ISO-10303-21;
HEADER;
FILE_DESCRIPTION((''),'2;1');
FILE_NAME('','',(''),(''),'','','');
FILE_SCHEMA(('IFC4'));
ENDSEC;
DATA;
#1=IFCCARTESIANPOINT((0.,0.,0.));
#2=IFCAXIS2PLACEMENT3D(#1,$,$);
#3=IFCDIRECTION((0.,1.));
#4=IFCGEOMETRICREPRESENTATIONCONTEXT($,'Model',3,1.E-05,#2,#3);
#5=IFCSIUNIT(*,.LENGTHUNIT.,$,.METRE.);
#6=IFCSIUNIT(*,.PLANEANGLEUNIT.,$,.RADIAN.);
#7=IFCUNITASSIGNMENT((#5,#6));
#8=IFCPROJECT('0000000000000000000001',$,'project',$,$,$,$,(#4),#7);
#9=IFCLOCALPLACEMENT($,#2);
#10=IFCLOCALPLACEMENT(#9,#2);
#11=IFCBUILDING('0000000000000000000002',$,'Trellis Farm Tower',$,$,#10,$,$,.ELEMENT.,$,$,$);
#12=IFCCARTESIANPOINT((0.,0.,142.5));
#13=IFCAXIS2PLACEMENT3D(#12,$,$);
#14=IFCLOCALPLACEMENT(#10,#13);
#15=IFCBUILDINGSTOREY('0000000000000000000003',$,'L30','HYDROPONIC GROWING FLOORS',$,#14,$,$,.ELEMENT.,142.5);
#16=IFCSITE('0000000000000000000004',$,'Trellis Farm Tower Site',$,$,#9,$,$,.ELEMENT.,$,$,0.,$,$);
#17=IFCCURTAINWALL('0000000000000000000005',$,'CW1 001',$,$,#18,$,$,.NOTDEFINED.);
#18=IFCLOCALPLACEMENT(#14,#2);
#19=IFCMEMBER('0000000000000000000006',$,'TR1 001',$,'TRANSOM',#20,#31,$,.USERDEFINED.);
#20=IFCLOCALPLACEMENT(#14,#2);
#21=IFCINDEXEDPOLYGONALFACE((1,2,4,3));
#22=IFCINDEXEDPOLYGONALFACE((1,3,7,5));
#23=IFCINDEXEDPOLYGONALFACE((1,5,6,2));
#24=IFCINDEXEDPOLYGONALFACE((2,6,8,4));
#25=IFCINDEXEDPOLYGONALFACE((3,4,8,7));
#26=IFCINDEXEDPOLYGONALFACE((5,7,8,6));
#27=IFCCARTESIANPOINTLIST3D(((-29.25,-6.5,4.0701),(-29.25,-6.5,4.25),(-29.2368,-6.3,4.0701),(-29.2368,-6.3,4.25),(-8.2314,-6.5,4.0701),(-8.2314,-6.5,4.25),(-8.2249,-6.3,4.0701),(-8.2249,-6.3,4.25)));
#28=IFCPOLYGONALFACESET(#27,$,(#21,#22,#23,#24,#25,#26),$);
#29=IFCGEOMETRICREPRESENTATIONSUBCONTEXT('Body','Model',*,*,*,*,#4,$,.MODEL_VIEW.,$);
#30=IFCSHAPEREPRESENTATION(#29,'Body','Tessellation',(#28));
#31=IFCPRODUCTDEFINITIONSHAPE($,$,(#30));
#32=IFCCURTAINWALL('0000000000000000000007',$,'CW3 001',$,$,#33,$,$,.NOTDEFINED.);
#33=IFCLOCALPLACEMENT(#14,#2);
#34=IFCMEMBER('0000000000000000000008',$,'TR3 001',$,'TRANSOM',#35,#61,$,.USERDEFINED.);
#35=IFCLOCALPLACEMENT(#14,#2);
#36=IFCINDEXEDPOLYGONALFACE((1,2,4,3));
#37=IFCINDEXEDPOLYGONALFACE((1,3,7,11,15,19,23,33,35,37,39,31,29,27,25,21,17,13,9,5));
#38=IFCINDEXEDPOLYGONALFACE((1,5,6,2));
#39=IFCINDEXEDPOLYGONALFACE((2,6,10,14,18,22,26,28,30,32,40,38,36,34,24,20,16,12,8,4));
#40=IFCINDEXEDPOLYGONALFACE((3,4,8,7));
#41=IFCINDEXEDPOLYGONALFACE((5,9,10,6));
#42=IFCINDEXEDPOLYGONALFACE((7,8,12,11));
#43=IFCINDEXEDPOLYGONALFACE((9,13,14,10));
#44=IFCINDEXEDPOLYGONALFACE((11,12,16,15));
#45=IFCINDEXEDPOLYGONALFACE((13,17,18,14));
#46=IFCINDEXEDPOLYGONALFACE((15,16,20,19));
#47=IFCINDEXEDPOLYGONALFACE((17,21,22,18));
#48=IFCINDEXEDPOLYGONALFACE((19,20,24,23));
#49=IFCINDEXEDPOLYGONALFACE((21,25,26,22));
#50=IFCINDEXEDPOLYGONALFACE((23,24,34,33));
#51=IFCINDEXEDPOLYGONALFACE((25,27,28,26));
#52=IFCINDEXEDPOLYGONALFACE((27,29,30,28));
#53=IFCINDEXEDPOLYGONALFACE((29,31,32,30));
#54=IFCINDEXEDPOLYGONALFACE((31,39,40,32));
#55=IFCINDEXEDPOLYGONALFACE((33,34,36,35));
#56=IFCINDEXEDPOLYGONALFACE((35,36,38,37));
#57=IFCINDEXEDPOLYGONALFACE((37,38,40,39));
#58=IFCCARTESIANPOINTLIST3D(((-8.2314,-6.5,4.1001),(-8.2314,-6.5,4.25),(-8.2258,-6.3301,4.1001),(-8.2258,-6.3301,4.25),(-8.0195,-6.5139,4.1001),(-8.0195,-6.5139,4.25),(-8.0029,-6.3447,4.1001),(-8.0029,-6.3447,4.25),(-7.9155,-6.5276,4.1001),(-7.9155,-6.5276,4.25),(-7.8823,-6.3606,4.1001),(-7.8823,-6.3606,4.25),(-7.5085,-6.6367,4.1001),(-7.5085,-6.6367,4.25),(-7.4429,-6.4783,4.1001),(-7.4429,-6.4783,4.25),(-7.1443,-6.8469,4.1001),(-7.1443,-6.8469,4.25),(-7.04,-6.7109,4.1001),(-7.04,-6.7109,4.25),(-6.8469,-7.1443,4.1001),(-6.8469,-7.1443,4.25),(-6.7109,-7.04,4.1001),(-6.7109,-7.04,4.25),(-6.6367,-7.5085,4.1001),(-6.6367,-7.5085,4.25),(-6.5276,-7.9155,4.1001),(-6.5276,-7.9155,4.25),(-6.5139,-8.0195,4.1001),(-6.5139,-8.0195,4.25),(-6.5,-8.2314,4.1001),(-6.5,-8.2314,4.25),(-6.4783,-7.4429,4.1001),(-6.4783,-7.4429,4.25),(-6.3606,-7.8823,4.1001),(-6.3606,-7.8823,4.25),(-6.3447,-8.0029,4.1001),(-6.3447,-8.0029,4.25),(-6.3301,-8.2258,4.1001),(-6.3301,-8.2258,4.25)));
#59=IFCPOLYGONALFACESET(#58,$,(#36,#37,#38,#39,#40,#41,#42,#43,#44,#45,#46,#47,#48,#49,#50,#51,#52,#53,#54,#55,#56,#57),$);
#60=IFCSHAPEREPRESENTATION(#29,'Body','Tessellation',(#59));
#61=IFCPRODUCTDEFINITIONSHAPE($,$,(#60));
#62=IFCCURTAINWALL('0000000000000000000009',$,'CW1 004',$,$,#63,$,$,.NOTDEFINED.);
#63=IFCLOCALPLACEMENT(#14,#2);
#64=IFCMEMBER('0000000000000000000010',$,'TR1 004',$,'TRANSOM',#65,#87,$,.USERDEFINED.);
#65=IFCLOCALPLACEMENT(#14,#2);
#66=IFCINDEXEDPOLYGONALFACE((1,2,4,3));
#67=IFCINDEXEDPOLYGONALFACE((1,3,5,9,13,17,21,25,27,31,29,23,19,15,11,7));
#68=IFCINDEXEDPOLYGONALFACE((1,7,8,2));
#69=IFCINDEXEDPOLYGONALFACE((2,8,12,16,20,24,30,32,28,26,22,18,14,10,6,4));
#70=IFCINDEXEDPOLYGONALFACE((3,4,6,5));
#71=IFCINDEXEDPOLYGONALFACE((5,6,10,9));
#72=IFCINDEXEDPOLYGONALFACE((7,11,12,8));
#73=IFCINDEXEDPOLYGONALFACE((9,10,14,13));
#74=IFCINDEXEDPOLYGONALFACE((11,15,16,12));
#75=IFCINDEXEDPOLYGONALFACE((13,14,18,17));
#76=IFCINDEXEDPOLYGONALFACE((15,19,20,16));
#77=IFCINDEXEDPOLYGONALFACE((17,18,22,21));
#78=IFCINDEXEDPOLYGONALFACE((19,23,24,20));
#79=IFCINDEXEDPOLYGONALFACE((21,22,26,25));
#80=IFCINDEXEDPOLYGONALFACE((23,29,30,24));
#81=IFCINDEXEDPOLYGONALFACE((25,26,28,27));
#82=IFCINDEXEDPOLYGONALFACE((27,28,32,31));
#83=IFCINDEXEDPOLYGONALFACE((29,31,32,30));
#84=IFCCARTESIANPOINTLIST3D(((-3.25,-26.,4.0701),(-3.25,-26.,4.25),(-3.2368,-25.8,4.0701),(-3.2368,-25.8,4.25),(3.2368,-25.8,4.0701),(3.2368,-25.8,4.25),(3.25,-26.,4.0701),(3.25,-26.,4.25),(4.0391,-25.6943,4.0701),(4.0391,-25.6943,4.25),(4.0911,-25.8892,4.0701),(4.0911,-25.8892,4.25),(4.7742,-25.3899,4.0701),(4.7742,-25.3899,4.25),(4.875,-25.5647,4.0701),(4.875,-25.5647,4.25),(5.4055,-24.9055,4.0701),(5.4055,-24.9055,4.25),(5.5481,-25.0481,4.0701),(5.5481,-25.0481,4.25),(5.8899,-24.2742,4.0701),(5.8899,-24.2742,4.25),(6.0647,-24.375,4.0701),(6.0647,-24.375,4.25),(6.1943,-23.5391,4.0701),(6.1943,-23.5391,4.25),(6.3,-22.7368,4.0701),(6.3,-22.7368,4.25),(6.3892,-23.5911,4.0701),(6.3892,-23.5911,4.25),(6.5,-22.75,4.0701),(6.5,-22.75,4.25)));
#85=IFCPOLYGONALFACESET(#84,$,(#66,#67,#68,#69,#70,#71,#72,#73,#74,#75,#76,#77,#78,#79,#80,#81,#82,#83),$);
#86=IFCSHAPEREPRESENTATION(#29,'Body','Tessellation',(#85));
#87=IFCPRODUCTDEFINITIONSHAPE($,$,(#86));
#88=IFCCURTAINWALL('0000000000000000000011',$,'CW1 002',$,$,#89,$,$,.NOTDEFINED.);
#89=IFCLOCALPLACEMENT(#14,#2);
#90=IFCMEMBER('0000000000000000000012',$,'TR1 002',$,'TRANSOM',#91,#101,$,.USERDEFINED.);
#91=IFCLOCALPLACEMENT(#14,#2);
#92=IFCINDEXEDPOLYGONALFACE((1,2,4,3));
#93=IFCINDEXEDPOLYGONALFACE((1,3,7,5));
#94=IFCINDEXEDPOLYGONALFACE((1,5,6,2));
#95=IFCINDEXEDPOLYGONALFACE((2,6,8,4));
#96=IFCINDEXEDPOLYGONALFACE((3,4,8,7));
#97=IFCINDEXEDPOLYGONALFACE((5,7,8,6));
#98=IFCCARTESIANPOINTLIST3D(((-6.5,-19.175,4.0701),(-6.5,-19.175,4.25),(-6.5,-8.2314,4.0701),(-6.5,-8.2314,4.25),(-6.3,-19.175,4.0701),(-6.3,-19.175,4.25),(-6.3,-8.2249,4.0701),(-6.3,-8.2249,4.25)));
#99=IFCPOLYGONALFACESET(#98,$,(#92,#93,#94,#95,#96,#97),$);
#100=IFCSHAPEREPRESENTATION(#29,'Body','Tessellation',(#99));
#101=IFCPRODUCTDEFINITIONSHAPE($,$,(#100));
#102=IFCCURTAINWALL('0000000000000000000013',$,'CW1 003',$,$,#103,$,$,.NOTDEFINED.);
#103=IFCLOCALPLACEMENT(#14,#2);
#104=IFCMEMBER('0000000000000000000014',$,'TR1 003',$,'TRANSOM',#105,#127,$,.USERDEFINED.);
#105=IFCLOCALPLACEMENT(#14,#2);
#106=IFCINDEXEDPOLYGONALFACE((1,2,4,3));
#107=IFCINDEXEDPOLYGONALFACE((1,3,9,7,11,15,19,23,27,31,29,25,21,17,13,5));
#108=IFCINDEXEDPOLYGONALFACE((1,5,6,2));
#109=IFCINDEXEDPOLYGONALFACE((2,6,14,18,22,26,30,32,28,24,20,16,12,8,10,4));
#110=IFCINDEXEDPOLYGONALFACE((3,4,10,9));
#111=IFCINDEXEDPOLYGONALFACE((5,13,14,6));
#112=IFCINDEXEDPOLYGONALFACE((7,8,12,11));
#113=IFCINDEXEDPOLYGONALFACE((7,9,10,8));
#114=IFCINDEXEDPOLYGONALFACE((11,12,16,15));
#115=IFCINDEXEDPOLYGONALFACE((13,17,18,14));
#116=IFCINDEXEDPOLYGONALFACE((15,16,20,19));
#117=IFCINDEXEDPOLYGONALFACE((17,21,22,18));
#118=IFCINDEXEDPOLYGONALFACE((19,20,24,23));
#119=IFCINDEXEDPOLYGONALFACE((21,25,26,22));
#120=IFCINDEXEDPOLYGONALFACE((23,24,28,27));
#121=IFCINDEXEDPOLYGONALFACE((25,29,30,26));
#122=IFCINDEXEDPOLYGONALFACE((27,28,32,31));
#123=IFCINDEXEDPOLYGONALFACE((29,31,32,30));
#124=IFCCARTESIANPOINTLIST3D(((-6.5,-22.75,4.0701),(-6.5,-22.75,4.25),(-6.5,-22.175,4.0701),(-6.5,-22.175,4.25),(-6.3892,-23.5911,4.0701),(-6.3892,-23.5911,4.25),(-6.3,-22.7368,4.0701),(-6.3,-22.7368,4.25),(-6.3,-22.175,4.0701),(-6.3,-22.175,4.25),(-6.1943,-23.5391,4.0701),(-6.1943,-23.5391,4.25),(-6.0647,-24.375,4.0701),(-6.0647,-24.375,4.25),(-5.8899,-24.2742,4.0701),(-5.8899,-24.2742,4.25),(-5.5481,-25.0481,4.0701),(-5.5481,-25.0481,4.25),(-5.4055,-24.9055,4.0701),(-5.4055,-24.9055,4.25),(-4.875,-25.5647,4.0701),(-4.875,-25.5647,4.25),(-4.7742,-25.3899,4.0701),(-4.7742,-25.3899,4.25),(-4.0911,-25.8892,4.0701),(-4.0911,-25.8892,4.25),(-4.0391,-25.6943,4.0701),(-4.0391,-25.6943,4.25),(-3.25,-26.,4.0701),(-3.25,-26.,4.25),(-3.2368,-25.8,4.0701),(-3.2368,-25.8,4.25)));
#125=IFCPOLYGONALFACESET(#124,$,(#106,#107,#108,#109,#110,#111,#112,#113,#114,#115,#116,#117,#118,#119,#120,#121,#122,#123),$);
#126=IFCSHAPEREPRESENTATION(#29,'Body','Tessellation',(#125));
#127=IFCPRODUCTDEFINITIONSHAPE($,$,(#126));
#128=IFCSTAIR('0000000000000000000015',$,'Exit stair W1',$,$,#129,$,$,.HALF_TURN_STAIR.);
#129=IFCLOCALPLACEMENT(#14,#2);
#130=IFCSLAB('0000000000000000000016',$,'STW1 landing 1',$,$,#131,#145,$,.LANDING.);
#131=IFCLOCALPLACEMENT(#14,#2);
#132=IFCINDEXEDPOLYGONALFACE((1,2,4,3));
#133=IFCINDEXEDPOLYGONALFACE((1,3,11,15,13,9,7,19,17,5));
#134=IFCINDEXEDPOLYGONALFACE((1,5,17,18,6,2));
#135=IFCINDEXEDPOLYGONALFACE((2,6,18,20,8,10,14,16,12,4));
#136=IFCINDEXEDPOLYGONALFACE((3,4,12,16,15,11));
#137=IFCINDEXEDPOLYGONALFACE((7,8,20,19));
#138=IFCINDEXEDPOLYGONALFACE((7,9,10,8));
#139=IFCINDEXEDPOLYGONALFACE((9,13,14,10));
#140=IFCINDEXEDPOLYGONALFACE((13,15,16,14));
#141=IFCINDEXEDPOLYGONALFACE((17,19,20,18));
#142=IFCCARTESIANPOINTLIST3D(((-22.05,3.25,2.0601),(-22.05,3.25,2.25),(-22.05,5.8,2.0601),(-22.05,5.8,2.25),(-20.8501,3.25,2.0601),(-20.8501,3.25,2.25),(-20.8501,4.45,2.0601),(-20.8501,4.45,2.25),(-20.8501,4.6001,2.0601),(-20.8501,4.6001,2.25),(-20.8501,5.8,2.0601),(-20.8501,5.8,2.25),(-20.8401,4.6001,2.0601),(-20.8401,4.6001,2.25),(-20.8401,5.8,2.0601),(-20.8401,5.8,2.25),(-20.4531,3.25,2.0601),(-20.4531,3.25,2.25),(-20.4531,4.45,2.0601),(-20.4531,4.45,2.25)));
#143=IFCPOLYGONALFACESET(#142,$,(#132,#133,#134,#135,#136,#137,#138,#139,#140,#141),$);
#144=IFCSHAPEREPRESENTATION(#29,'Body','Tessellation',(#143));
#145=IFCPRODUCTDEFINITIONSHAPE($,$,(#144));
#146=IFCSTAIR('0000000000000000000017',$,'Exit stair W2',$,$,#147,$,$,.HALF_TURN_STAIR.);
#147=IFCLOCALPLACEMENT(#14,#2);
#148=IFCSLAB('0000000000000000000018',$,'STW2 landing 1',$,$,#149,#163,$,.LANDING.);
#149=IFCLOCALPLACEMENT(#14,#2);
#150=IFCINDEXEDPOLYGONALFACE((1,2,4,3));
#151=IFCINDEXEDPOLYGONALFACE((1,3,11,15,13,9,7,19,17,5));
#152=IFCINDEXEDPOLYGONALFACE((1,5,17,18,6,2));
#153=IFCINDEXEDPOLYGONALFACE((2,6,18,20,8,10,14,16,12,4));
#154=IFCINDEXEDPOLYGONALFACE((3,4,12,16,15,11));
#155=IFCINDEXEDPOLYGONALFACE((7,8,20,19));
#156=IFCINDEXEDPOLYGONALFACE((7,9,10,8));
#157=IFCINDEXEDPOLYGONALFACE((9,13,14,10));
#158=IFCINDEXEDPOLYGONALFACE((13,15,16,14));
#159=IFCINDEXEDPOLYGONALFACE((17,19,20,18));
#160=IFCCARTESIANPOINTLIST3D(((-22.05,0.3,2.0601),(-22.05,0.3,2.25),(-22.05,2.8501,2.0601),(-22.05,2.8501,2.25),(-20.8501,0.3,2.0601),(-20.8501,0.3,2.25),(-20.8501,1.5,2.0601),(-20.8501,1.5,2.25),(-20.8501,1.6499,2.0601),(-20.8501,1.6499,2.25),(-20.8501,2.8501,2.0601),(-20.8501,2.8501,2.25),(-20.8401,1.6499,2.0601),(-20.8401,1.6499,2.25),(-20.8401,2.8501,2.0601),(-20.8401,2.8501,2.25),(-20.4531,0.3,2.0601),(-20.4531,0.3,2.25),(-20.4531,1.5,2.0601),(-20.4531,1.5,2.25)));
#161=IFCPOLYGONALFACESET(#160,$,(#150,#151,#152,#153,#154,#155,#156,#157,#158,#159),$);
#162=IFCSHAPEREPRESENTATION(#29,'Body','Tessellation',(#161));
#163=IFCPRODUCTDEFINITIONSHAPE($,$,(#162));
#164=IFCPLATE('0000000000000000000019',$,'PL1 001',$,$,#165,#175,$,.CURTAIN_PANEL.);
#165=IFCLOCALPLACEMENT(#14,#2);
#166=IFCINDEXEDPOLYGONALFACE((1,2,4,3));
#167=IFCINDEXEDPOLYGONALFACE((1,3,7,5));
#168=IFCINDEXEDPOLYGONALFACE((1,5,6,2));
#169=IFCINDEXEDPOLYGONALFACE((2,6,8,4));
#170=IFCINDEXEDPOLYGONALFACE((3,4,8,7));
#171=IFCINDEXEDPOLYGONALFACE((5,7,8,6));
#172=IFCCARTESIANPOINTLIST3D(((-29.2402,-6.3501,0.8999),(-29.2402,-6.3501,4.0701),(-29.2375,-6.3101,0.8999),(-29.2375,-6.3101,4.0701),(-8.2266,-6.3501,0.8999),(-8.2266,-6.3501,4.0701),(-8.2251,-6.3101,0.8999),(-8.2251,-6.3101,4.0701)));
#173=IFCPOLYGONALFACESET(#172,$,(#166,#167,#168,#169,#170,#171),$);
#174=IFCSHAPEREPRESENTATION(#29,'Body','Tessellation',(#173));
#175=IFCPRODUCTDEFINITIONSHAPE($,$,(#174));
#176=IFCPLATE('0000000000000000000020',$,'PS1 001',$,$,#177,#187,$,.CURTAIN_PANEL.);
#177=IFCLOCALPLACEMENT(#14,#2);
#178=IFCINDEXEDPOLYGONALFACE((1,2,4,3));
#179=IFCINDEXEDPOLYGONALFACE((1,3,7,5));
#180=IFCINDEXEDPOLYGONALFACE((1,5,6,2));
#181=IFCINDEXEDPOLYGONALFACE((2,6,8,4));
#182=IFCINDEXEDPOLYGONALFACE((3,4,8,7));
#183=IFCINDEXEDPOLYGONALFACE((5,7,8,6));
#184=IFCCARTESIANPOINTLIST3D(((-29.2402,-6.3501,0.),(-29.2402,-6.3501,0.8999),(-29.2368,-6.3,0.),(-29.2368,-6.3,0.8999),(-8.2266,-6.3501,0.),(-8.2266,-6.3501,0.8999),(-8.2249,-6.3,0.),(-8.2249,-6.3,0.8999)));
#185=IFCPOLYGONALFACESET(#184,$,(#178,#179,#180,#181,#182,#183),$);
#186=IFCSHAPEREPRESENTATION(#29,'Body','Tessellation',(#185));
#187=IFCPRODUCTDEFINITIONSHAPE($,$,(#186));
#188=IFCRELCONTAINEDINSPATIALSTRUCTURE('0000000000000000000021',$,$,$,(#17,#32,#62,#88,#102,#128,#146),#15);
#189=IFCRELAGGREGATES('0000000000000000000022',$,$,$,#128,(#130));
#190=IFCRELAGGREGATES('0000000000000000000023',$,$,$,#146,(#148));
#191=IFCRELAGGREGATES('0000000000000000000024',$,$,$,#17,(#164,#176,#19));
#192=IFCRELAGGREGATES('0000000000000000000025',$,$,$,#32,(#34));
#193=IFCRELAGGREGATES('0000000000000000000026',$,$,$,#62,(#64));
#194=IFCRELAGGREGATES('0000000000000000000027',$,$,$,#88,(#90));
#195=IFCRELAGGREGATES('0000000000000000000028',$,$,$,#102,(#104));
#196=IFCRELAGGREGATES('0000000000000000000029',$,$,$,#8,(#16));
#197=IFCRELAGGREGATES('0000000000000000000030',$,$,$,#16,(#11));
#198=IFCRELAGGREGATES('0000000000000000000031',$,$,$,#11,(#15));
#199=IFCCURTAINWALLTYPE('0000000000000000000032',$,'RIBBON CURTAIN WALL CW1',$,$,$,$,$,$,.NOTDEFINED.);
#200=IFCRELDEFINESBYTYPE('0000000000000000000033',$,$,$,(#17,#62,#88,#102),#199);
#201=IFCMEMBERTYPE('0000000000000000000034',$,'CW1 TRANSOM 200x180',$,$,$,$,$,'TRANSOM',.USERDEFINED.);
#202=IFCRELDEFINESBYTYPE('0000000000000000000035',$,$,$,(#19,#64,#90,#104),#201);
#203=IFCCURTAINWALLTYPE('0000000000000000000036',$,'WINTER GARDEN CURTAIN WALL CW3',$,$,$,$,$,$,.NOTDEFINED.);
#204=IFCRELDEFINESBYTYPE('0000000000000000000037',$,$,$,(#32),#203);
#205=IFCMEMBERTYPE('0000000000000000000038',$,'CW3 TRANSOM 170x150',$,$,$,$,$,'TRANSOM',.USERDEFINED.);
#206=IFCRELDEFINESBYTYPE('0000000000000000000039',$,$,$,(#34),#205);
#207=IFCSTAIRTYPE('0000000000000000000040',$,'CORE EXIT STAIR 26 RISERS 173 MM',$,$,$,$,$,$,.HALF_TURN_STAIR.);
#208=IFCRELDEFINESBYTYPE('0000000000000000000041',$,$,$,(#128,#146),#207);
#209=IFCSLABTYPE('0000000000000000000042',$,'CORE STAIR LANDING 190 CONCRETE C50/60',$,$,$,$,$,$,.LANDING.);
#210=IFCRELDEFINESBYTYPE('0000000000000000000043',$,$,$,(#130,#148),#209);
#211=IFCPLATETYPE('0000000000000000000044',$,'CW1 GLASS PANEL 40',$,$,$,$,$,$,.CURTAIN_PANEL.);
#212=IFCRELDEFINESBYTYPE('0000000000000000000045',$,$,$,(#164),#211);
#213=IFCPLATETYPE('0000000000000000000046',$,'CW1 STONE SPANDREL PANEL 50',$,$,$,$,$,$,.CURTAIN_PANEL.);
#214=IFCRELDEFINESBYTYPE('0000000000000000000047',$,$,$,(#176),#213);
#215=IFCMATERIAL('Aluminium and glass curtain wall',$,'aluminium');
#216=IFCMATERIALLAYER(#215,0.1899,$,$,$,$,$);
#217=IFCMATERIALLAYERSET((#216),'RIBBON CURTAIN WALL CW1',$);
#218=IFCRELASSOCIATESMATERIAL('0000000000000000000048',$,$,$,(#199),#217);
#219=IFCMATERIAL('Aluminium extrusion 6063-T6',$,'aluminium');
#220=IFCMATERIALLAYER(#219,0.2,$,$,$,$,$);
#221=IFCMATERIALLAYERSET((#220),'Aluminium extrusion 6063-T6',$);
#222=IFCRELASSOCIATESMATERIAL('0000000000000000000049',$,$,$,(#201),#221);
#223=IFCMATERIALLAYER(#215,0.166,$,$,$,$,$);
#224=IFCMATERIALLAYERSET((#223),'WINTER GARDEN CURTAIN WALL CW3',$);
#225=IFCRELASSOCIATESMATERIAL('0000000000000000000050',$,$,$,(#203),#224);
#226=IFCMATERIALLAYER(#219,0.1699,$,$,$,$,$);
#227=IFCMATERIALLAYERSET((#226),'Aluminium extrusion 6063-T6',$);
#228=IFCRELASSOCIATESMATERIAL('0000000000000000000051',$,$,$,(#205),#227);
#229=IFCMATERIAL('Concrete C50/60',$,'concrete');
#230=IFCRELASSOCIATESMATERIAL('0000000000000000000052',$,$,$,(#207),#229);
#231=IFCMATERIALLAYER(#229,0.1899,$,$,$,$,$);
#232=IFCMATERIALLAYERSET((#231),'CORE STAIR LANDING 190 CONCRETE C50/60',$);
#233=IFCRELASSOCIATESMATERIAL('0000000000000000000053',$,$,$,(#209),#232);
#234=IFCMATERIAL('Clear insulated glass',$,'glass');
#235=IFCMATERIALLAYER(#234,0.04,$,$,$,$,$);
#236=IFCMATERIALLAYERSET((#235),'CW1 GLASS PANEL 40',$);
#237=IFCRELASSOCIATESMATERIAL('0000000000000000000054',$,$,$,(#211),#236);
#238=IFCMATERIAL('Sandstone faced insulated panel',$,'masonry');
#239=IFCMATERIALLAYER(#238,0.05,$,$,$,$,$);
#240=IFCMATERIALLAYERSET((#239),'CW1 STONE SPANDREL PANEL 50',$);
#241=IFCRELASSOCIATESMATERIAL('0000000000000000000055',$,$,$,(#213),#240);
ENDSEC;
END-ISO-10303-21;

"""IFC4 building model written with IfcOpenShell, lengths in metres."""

from ifc_helpers import new_model, si_unit, direction, frame, origin, place, context, subcontext, project, spatial, polyline, outline, extrude, source, transform, mapped, material, layer, layer_set, type_object, element, aggregate, save


model = new_model("IFC4")

# Units and contexts
model_context = context("Model", 3, precision=1e-05, world=origin(), true_north=direction((0.0, 1.0)))
body_context = subcontext(model_context, "Body", "Model", "MODEL_VIEW")
ifc_project = project(units=[si_unit("LENGTHUNIT", "METRE"), si_unit("PLANEANGLEUNIT", "RADIAN")], contexts=[model_context])

# Site, building, storey
site_placement = place(None, origin())
site = spatial("IfcSite", under=ifc_project, at=site_placement, Name="Trellis Farm Tower Site", CompositionType="ELEMENT", RefElevation=0.0)
building_placement = place(site_placement, origin())
building = spatial("IfcBuilding", under=site, at=building_placement, Name="Trellis Farm Tower", CompositionType="ELEMENT")
storey_placement = place(building_placement, frame((0.0, 0.0, 142.5)))
storey = spatial("IfcBuildingStorey", under=building, at=storey_placement, Name="L30", Description="HYDROPONIC GROWING FLOORS", CompositionType="ELEMENT", Elevation=142.5)

# Curtain walls, members
ifc_material_1 = material(Name="Aluminium and glass curtain wall", Category="aluminium")
ifc_layer_1 = layer(ifc_material_1, 0.1899)
ifc_layer_set_1 = layer_set([ifc_layer_1], Name="RIBBON CURTAIN WALL CW1")
curtain_wall_type_1 = type_object("IfcCurtainWallType", Name="RIBBON CURTAIN WALL CW1", PredefinedType="NOTDEFINED", material=ifc_layer_set_1)
placement_1 = place(storey_placement, origin())
curtain_wall_1 = element("IfcCurtainWall", 1, at=placement_1, inside=storey, type_object=curtain_wall_type_1, Name="CW1 001", PredefinedType="NOTDEFINED")
ifc_material_2 = material(Name="Aluminium extrusion 6063-T6", Category="aluminium")
ifc_layer_2 = layer(ifc_material_2, 0.2)
ifc_layer_set_2 = layer_set([ifc_layer_2], Name="Aluminium extrusion 6063-T6")
member_type_1 = type_object("IfcMemberType", Name="CW1 TRANSOM 200x180", ElementType="TRANSOM", PredefinedType="USERDEFINED", material=ifc_layer_set_2)
shared_shape_1 = source(origin(), body_context, "Body", "SweptSolid", [
    extrude(outline(polyline([(-29.25, -6.5), (-8.2314, -6.5), (-8.2249, -6.3), (-29.2368, -6.3), (-29.25, -6.5)])), origin(), (0.0, 0.0, 1.0), 0.1799),
])
placement_2 = place(storey_placement, frame((0.0, 0.0, 4.0701)))
member_1 = element("IfcMember", 2, at=placement_2, type_object=member_type_1, Name="TR1 001", ObjectType="TRANSOM", PredefinedType="USERDEFINED", context=body_context, shape_type="MappedRepresentation", body=[
    mapped(shared_shape_1, transform((0.0, 0.0, 0.0))),
])
ifc_layer_3 = layer(ifc_material_1, 0.166)
ifc_layer_set_3 = layer_set([ifc_layer_3], Name="WINTER GARDEN CURTAIN WALL CW3")
curtain_wall_type_2 = type_object("IfcCurtainWallType", Name="WINTER GARDEN CURTAIN WALL CW3", PredefinedType="NOTDEFINED", material=ifc_layer_set_3)
curtain_wall_2 = element("IfcCurtainWall", 3, at=placement_1, inside=storey, type_object=curtain_wall_type_2, Name="CW3 001", PredefinedType="NOTDEFINED")
ifc_layer_4 = layer(ifc_material_2, 0.1699)
ifc_layer_set_4 = layer_set([ifc_layer_4], Name="Aluminium extrusion 6063-T6")
member_type_2 = type_object("IfcMemberType", Name="CW3 TRANSOM 170x150", ElementType="TRANSOM", PredefinedType="USERDEFINED", material=ifc_layer_set_4)
shared_shape_2 = source(origin(), body_context, "Body", "SweptSolid", [
    extrude(outline(polyline([(-8.2314, -6.5), (-8.0195, -6.5139), (-7.9155, -6.5276), (-7.5085, -6.6367), (-7.1443, -6.8469), (-6.8469, -7.1443), (-6.6367, -7.5085), (-6.5276, -7.9155), (-6.5139, -8.0195), (-6.5, -8.2314), (-6.3301, -8.2258), (-6.3447, -8.0029), (-6.3606, -7.8823), (-6.4783, -7.4429), (-6.7109, -7.04), (-7.04, -6.7109), (-7.4429, -6.4783), (-7.8823, -6.3606), (-8.0029, -6.3447), (-8.2258, -6.3301), (-8.2314, -6.5)])), origin(), (0.0, 0.0, 1.0), 0.1499),
])
member_2_placement = place(storey_placement, frame((0.0, 0.0, 4.1001)))
member_2 = element("IfcMember", 4, at=member_2_placement, type_object=member_type_2, Name="TR3 001", ObjectType="TRANSOM", PredefinedType="USERDEFINED", context=body_context, shape_type="MappedRepresentation", body=[
    mapped(shared_shape_2, transform((0.0, 0.0, 0.0))),
])
curtain_wall_3 = element("IfcCurtainWall", 5, at=placement_1, inside=storey, type_object=curtain_wall_type_1, Name="CW1 004", PredefinedType="NOTDEFINED")
shared_shape_3 = source(origin(), body_context, "Body", "SweptSolid", [
    extrude(outline(polyline([(-3.25, -26.0), (3.25, -26.0), (4.0911, -25.8892), (4.875, -25.5647), (5.5481, -25.0481), (6.0647, -24.375), (6.3892, -23.5911), (6.5, -22.75), (6.3, -22.7368), (6.1943, -23.5391), (5.8899, -24.2742), (5.4055, -24.9055), (4.7742, -25.3899), (4.0391, -25.6943), (3.2368, -25.8), (-3.2368, -25.8), (-3.25, -26.0)])), origin(), (0.0, 0.0, 1.0), 0.1799),
])
member_3 = element("IfcMember", 6, at=placement_2, type_object=member_type_1, Name="TR1 004", ObjectType="TRANSOM", PredefinedType="USERDEFINED", context=body_context, shape_type="MappedRepresentation", body=[
    mapped(shared_shape_3, transform((0.0, 0.0, 0.0))),
])
curtain_wall_4 = element("IfcCurtainWall", 7, at=placement_1, inside=storey, type_object=curtain_wall_type_1, Name="CW1 002", PredefinedType="NOTDEFINED")
shared_shape_4 = source(origin(), body_context, "Body", "SweptSolid", [
    extrude(outline(polyline([(-6.5, -8.2314), (-6.5, -19.175), (-6.3, -19.175), (-6.3, -8.2249), (-6.5, -8.2314)])), origin(), (0.0, 0.0, 1.0), 0.1799),
])
member_4 = element("IfcMember", 8, at=placement_2, type_object=member_type_1, Name="TR1 002", ObjectType="TRANSOM", PredefinedType="USERDEFINED", context=body_context, shape_type="MappedRepresentation", body=[
    mapped(shared_shape_4, transform((0.0, 0.0, 0.0))),
])
curtain_wall_5 = element("IfcCurtainWall", 9, at=placement_1, inside=storey, type_object=curtain_wall_type_1, Name="CW1 003", PredefinedType="NOTDEFINED")
shared_shape_5 = source(origin(), body_context, "Body", "SweptSolid", [
    extrude(outline(polyline([(-6.5, -22.175), (-6.5, -22.75), (-6.3892, -23.5911), (-6.0647, -24.375), (-5.5481, -25.0481), (-4.875, -25.5647), (-4.0911, -25.8892), (-3.25, -26.0), (-3.2368, -25.8), (-4.0391, -25.6943), (-4.7742, -25.3899), (-5.4055, -24.9055), (-5.8899, -24.2742), (-6.1943, -23.5391), (-6.3, -22.7368), (-6.3, -22.175), (-6.5, -22.175)])), origin(), (0.0, 0.0, 1.0), 0.1799),
])
member_5 = element("IfcMember", 10, at=placement_2, type_object=member_type_1, Name="TR1 003", ObjectType="TRANSOM", PredefinedType="USERDEFINED", context=body_context, shape_type="MappedRepresentation", body=[
    mapped(shared_shape_5, transform((0.0, 0.0, 0.0))),
])

# Stairs, slabs
ifc_material_3 = material(Name="Concrete C50/60", Category="concrete")
stair_type = type_object("IfcStairType", Name="CORE EXIT STAIR 26 RISERS 173 MM", PredefinedType="HALF_TURN_STAIR", material=ifc_material_3)
stair_1 = element("IfcStair", 11, at=placement_1, inside=storey, type_object=stair_type, Name="Exit stair W1", PredefinedType="HALF_TURN_STAIR")
ifc_layer_5 = layer(ifc_material_3, 0.1899)
ifc_layer_set_5 = layer_set([ifc_layer_5], Name="CORE STAIR LANDING 190 CONCRETE C50/60")
slab_type = type_object("IfcSlabType", Name="CORE STAIR LANDING 190 CONCRETE C50/60", PredefinedType="LANDING", material=ifc_layer_set_5)
shared_shape_6 = source(origin(), body_context, "Body", "SweptSolid", [
    extrude(outline(polyline([(-20.4531, 4.45), (-20.4531, 3.25), (-20.8501, 3.25), (-22.05, 3.25), (-22.05, 5.8), (-20.8501, 5.8), (-20.8401, 5.8), (-20.8401, 4.6001), (-20.8501, 4.6001), (-20.8501, 4.45), (-20.4531, 4.45)])), origin(), (0.0, 0.0, 1.0), 0.1899),
])
placement_3 = place(storey_placement, frame((0.0, 0.0, 2.0601)))
slab_1 = element("IfcSlab", 12, at=placement_3, type_object=slab_type, Name="STW1 landing 1", PredefinedType="LANDING", context=body_context, shape_type="MappedRepresentation", body=[
    mapped(shared_shape_6, transform((0.0, 0.0, 0.0))),
])
aggregate(stair_1, [slab_1])
stair_2 = element("IfcStair", 13, at=placement_1, inside=storey, type_object=stair_type, Name="Exit stair W2", PredefinedType="HALF_TURN_STAIR")
shared_shape_7 = source(origin(), body_context, "Body", "SweptSolid", [
    extrude(outline(polyline([(-20.4531, 1.5), (-20.4531, 0.3), (-20.8501, 0.3), (-22.05, 0.3), (-22.05, 2.8501), (-20.8501, 2.8501), (-20.8401, 2.8501), (-20.8401, 1.6499), (-20.8501, 1.6499), (-20.8501, 1.5), (-20.4531, 1.5)])), origin(), (0.0, 0.0, 1.0), 0.1899),
])
slab_2 = element("IfcSlab", 14, at=placement_3, type_object=slab_type, Name="STW2 landing 1", PredefinedType="LANDING", context=body_context, shape_type="MappedRepresentation", body=[
    mapped(shared_shape_7, transform((0.0, 0.0, 0.0))),
])
aggregate(stair_2, [slab_2])

# Plates
ifc_material_4 = material(Name="Clear insulated glass", Category="glass")
ifc_layer_6 = layer(ifc_material_4, 0.04)
ifc_layer_set_6 = layer_set([ifc_layer_6], Name="CW1 GLASS PANEL 40")
plate_type_1 = type_object("IfcPlateType", Name="CW1 GLASS PANEL 40", PredefinedType="CURTAIN_PANEL", material=ifc_layer_set_6)
shared_shape_8 = source(origin(), body_context, "Body", "SweptSolid", [
    extrude(outline(polyline([(-29.2402, -6.3501), (-8.2266, -6.3501), (-8.2251, -6.3101), (-29.2375, -6.3101), (-29.2402, -6.3501)])), origin(), (0.0, 0.0, 1.0), 3.1702),
])
placement_4 = place(storey_placement, frame((0.0, 0.0, 0.8999)))
plate_1 = element("IfcPlate", 15, at=placement_4, type_object=plate_type_1, Name="PL1 001", PredefinedType="CURTAIN_PANEL", context=body_context, shape_type="MappedRepresentation", body=[
    mapped(shared_shape_8, transform((0.0, 0.0, 0.0))),
])
ifc_material_5 = material(Name="Sandstone faced insulated panel", Category="masonry")
ifc_layer_7 = layer(ifc_material_5, 0.05)
ifc_layer_set_7 = layer_set([ifc_layer_7], Name="CW1 STONE SPANDREL PANEL 50")
plate_type_2 = type_object("IfcPlateType", Name="CW1 STONE SPANDREL PANEL 50", PredefinedType="CURTAIN_PANEL", material=ifc_layer_set_7)
shared_shape_9 = source(origin(), body_context, "Body", "SweptSolid", [
    extrude(outline(polyline([(-29.2402, -6.3501), (-8.2266, -6.3501), (-8.2249, -6.3), (-29.2368, -6.3), (-29.2402, -6.3501)])), origin(), (0.0, 0.0, 1.0), 0.8999),
])
plate_2 = element("IfcPlate", 16, at=placement_1, type_object=plate_type_2, Name="PS1 001", PredefinedType="CURTAIN_PANEL", context=body_context, shape_type="MappedRepresentation", body=[
    mapped(shared_shape_9, transform((0.0, 0.0, 0.0))),
])
aggregate(curtain_wall_1, [plate_1, plate_2, member_1])
aggregate(curtain_wall_2, [member_2])
aggregate(curtain_wall_3, [member_3])
aggregate(curtain_wall_4, [member_4])
aggregate(curtain_wall_5, [member_5])

save(model, "model.ifc")
